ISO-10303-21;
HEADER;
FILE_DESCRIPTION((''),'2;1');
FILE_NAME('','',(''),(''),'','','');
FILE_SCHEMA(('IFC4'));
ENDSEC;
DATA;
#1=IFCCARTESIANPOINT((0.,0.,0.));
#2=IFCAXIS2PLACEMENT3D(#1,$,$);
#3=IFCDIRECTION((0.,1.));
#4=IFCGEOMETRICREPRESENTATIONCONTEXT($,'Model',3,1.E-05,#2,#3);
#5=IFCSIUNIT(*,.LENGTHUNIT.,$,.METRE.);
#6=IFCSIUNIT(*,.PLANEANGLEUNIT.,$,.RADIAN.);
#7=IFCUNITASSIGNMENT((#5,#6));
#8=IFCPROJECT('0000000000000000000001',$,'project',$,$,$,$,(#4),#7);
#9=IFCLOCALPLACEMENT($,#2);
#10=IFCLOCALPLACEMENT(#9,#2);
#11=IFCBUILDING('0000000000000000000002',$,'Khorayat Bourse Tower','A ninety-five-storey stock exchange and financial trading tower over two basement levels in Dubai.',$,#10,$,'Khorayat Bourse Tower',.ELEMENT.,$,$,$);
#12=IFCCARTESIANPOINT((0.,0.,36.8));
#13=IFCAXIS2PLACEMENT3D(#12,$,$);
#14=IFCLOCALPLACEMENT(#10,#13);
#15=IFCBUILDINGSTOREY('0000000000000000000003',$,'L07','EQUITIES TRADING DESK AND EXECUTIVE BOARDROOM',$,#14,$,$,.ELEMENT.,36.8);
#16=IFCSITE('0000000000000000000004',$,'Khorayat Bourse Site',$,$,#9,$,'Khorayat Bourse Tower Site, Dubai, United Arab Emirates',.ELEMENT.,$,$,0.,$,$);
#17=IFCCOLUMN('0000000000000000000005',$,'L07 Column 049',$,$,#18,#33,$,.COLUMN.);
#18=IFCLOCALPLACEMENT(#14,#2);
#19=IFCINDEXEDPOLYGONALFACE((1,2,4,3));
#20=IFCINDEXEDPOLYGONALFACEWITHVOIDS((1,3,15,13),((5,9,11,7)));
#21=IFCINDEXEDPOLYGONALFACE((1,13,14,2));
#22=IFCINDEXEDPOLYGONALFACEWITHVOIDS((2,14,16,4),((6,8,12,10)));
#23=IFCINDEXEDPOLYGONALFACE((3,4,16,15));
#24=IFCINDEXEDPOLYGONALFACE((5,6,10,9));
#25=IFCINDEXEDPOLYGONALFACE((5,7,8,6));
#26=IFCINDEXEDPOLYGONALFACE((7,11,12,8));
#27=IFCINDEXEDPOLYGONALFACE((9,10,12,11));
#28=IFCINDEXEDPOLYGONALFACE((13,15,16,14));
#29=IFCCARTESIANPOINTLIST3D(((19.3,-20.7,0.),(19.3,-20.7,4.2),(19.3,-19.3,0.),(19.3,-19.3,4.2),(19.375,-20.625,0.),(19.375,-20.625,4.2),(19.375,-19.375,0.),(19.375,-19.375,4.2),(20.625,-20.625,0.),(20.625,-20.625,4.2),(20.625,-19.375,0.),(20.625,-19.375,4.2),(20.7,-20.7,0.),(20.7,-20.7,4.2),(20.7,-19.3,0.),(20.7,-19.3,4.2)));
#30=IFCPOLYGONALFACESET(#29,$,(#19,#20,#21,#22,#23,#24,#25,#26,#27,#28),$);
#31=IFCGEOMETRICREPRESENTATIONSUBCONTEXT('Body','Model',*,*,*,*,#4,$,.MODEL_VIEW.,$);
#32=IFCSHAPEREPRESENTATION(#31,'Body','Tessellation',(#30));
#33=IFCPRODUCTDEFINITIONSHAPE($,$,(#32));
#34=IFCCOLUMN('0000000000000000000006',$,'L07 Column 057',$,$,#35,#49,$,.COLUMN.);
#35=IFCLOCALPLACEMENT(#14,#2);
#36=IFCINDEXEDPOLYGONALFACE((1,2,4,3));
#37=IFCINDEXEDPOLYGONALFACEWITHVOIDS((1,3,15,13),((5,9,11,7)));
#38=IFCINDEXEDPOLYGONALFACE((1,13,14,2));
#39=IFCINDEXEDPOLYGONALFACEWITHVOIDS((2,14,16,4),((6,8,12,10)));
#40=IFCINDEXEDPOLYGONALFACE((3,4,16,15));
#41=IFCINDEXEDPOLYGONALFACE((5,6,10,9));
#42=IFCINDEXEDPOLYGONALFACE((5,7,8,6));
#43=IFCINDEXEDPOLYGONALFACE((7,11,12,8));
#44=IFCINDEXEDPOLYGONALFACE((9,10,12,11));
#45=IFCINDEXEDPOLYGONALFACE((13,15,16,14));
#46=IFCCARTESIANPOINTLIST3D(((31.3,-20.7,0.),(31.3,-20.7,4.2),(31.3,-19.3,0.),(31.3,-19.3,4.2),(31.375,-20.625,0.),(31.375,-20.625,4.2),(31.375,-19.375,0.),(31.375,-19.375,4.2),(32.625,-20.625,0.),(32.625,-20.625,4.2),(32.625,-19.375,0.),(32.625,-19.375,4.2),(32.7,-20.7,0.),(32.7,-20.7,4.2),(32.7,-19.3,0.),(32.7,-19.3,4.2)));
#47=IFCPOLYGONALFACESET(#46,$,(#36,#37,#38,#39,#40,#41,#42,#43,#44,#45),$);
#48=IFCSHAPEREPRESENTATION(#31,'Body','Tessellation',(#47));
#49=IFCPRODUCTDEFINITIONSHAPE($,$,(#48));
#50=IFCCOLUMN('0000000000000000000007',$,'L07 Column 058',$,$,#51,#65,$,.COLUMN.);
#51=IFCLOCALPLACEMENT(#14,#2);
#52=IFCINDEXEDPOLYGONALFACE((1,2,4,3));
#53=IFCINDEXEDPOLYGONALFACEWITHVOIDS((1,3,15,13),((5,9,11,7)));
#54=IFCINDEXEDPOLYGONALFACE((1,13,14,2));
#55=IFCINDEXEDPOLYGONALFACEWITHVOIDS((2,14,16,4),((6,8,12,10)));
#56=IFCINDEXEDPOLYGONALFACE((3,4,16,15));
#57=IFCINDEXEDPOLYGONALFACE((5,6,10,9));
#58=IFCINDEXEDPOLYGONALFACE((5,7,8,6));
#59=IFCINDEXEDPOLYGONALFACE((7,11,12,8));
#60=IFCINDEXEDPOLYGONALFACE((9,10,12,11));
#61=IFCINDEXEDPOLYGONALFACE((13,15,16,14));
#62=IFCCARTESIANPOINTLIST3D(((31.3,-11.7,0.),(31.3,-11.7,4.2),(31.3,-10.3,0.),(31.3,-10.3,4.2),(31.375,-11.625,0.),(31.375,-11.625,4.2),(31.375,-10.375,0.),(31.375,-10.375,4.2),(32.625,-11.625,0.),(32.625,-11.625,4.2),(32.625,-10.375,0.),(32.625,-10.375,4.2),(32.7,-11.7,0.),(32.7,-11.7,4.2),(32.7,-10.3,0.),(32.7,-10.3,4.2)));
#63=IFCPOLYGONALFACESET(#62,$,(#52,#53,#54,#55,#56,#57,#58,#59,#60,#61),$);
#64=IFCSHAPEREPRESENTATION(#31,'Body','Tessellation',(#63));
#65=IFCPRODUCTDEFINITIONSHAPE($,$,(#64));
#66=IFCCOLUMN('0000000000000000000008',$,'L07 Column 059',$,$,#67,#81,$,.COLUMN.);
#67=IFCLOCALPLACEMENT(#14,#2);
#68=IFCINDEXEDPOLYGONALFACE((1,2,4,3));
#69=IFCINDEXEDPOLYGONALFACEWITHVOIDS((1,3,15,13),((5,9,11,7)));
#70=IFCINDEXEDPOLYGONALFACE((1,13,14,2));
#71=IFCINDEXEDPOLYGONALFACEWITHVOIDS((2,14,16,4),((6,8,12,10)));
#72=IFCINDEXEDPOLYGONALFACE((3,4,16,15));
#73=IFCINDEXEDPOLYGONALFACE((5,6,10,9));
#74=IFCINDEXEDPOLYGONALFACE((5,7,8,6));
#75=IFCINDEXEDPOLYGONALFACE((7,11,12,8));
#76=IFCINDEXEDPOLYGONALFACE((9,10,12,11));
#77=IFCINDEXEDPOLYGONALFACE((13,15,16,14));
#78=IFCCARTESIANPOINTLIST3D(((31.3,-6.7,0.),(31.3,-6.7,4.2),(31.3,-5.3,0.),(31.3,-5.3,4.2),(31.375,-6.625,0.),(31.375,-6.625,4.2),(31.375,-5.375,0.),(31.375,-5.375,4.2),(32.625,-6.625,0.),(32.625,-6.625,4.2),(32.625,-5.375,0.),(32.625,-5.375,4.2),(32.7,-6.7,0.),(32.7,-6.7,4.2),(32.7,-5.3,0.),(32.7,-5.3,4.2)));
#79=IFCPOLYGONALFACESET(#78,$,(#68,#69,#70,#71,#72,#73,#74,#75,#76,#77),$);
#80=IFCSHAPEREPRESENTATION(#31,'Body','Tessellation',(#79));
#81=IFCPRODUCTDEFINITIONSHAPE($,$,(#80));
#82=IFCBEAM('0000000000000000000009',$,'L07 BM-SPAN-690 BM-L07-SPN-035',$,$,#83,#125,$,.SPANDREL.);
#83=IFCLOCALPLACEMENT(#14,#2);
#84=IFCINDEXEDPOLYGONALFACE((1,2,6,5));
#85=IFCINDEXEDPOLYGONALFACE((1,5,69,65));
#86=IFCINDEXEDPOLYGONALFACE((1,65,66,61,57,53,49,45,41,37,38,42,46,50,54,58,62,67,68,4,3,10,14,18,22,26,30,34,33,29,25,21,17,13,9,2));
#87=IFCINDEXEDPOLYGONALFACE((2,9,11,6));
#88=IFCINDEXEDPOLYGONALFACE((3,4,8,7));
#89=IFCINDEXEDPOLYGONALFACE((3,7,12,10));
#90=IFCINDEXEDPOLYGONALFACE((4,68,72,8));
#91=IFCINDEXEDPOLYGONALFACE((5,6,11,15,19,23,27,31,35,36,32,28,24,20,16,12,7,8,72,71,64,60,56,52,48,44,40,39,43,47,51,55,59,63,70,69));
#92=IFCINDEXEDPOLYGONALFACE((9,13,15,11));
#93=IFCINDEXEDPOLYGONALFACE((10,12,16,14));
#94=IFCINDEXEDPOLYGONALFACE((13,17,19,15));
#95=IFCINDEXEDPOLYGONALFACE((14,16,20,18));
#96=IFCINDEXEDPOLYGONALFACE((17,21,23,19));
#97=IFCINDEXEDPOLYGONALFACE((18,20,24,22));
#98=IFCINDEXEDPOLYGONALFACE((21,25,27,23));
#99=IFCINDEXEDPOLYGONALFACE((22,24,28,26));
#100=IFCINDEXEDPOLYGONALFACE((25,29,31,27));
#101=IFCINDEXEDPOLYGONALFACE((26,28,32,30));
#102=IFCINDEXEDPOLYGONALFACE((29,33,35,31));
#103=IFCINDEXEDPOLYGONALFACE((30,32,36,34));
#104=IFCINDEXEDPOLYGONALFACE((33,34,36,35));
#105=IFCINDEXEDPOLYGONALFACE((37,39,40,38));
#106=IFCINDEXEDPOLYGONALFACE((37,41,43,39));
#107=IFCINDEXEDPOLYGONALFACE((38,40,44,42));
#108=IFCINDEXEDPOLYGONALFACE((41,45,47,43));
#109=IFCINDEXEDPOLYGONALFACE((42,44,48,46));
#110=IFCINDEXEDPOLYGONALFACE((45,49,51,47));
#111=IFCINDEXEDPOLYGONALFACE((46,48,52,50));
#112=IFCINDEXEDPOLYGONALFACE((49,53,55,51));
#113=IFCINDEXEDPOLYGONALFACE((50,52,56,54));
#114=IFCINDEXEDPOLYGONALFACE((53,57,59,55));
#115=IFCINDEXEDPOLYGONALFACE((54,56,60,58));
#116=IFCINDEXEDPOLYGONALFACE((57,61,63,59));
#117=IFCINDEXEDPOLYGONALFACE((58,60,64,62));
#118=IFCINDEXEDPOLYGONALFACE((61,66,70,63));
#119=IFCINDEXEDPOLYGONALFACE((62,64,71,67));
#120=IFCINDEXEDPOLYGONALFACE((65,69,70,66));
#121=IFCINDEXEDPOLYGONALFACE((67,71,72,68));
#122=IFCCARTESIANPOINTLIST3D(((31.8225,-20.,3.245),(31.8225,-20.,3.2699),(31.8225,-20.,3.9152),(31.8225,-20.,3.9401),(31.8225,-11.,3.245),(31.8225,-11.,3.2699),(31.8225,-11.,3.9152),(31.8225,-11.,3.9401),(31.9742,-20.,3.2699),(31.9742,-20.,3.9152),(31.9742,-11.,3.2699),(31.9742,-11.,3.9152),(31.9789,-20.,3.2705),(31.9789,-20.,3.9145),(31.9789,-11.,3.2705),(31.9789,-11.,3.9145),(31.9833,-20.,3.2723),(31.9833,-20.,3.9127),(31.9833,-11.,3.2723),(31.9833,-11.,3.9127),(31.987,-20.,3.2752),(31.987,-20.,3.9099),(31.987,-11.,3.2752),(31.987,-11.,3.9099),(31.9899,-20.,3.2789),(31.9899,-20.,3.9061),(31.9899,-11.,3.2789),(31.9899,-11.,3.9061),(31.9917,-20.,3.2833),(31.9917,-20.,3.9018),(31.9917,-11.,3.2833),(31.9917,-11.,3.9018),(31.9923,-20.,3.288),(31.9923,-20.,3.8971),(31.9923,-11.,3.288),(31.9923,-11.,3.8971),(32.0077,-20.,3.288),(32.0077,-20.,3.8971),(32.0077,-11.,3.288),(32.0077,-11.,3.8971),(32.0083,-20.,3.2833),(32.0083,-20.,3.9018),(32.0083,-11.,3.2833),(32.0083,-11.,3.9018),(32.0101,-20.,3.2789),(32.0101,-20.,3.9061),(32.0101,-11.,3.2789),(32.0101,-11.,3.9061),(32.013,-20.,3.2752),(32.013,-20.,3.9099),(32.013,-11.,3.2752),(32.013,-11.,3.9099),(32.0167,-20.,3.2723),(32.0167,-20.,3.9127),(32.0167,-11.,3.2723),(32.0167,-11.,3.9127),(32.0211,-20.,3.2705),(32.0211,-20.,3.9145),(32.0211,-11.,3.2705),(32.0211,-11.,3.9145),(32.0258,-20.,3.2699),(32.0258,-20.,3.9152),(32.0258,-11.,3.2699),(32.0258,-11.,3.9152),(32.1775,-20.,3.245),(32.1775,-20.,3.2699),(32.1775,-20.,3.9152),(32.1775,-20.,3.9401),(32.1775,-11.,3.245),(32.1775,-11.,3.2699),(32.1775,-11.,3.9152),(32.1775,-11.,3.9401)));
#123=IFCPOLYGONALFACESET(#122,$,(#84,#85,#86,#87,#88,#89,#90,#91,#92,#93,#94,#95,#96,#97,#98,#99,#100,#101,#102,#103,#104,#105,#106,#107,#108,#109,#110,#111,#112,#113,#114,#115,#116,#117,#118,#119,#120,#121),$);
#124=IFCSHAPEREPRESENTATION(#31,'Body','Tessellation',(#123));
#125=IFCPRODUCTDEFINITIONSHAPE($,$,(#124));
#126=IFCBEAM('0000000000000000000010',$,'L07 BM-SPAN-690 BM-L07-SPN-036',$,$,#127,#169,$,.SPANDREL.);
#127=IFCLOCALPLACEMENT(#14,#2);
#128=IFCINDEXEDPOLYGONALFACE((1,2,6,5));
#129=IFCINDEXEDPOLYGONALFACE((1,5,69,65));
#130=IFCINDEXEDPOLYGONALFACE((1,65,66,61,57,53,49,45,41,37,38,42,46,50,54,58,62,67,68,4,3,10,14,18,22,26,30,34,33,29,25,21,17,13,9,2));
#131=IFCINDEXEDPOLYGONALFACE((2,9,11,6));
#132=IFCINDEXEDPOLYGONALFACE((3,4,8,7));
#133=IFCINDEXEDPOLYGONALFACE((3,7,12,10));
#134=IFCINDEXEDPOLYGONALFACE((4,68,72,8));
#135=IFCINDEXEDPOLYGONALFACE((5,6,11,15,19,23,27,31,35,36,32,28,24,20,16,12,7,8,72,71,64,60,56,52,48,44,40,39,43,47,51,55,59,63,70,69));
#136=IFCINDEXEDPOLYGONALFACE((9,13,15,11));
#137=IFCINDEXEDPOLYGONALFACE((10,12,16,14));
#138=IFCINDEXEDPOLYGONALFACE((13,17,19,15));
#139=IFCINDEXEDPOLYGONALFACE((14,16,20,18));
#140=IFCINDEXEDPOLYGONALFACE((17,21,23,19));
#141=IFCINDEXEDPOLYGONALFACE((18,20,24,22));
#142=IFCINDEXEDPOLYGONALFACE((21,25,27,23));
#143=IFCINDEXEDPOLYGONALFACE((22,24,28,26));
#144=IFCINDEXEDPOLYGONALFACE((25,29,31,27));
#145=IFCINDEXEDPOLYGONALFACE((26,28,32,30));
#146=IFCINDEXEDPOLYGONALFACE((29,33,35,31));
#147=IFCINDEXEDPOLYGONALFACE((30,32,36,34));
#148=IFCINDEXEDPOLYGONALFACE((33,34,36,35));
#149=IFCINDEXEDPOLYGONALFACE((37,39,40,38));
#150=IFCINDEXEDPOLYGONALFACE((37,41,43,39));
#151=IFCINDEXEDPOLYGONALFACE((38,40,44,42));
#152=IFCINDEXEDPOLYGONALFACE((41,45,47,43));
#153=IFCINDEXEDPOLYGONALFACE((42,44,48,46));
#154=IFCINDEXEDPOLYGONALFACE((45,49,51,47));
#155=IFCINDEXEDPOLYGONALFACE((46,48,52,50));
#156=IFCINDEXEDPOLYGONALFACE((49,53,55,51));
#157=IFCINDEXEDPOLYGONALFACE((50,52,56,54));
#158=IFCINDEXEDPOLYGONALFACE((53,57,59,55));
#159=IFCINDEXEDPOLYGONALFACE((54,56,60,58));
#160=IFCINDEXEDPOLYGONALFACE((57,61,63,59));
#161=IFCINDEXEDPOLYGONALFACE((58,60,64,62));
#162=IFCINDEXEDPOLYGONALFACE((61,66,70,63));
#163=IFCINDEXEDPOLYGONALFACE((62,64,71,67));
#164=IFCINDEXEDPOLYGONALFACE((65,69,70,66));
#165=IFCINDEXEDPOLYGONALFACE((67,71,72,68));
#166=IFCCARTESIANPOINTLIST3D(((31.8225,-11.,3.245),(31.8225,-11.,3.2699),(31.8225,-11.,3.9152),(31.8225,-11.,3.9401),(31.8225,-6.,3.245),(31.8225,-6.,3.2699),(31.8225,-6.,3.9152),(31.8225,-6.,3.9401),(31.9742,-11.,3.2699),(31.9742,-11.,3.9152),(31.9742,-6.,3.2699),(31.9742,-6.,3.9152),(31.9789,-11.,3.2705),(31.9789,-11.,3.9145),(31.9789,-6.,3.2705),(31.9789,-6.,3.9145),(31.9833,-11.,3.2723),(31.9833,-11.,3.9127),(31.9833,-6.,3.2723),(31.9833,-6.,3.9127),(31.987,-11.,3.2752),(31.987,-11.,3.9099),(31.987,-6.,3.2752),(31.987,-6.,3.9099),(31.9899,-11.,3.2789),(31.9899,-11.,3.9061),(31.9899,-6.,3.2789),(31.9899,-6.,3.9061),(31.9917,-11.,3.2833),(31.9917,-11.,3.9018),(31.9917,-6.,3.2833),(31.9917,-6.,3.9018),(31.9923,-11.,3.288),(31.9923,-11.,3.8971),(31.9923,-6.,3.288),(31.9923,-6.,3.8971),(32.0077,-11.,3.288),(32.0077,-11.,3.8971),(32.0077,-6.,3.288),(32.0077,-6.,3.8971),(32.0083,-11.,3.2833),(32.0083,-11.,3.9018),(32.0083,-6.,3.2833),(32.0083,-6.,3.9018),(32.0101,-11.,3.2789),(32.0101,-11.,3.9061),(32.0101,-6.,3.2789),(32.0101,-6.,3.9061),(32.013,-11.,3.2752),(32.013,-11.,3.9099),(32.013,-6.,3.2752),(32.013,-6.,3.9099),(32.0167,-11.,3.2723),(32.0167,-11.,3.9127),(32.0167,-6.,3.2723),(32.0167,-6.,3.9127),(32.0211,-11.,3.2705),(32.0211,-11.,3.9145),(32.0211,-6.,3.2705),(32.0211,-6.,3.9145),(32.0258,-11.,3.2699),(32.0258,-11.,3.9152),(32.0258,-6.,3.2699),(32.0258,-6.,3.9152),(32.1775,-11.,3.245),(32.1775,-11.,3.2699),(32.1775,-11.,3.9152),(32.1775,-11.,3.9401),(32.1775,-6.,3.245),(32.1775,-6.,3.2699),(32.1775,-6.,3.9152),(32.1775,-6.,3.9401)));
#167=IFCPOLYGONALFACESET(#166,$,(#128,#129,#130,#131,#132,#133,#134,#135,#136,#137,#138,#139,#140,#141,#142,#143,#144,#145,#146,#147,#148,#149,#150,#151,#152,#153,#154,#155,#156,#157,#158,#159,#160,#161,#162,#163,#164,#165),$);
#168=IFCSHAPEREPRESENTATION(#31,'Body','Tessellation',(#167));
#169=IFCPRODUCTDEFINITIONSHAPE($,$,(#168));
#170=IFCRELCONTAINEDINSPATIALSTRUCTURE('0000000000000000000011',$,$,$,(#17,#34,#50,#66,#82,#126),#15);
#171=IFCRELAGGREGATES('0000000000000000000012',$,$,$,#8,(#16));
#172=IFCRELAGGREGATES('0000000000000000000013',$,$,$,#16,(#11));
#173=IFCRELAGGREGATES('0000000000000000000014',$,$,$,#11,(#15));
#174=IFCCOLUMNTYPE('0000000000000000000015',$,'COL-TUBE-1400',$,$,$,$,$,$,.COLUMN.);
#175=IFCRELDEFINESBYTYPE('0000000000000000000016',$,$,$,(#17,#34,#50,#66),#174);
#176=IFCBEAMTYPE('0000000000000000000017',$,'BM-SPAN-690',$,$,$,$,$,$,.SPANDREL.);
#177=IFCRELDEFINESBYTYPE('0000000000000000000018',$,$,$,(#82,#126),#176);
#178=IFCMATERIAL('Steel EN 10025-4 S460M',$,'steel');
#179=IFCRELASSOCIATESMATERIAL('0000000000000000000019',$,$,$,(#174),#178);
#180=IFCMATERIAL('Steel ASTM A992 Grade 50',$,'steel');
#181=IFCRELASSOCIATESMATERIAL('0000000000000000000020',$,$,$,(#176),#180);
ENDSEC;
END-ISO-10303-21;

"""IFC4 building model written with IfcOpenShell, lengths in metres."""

from ifc_helpers import new_model, si_unit, direction, frame, origin, origin_2d, place, context, subcontext, project, spatial, hollow_rectangle, i_section, extrude, source, transform, mapped, material, material_profile, profile_set, type_object, element, save


model = new_model("IFC4")

# Units and contexts
model_context = context("Model", 3, precision=1e-05, world=origin(), true_north=direction((0.0, 1.0)))
body_context = subcontext(model_context, "Body", "Model", "MODEL_VIEW")
ifc_project = project(units=[si_unit("LENGTHUNIT", "METRE"), si_unit("PLANEANGLEUNIT", "RADIAN")], contexts=[model_context])

# Site, building, storey
site_placement = place(None, origin())
site = spatial("IfcSite", under=ifc_project, at=site_placement, Name="Khorayat Bourse Site", LongName="Khorayat Bourse Tower Site, Dubai, United Arab Emirates", CompositionType="ELEMENT", RefElevation=0.0)
building_placement = place(site_placement, origin())
building = spatial("IfcBuilding", under=site, at=building_placement, Name="Khorayat Bourse Tower", Description="A ninety-five-storey stock exchange and financial trading tower over two basement levels in Dubai.", LongName="Khorayat Bourse Tower", CompositionType="ELEMENT")
storey_placement = place(building_placement, frame((0.0, 0.0, 36.8)))
storey = spatial("IfcBuildingStorey", under=building, at=storey_placement, Name="L07", Description="EQUITIES TRADING DESK AND EXECUTIVE BOARDROOM", CompositionType="ELEMENT", Elevation=36.8)

# Columns
ifc_material_1 = material(Name="Steel EN 10025-4 S460M", Category="steel")
ifc_material_profile_1 = material_profile(ifc_material_1, hollow_rectangle(XDim=1.3999, YDim=1.3999, WallThickness=0.075, at=origin_2d()), Name="BOX 1400x1400x75")
ifc_profile_set_1 = profile_set([ifc_material_profile_1], Name="Steel EN 10025-4 S460M")
column_type = type_object("IfcColumnType", Name="COL-TUBE-1400", PredefinedType="COLUMN", material=ifc_profile_set_1)
shared_shape_1 = source(origin(), body_context, "Body", "SweptSolid", [
    extrude(hollow_rectangle(XDim=1.3999, YDim=1.3999, WallThickness=0.075, at=origin_2d()), origin(), (0.0, 0.0, 1.0), 4.2),
])
for number, where, z_axis, x_axis, name in (
    (1, (20.0, -20.0, 0.0), (0.0, 0.0, 1.0), (1.0, 0.0, 0.0), "L07 Column 049"),
    (2, (32.0, -20.0, 0.0), (0.0, 0.0, 1.0), (1.0, 0.0, 0.0), "L07 Column 057"),
    (3, (32.0, -11.0, 0.0), (0.0, 0.0, 1.0), (1.0, 0.0, 0.0), "L07 Column 058"),
    (4, (32.0, -6.0, 0.0), (0.0, 0.0, 1.0), (1.0, 0.0, 0.0), "L07 Column 059"),
):
    element("IfcColumn", number, at=place(storey_placement, frame(where, z_axis=z_axis, x_axis=x_axis)), inside=storey, type_object=column_type, Name=name, PredefinedType="COLUMN", context=body_context, shape_type="MappedRepresentation", body=[
        mapped(shared_shape_1, transform((0.0, 0.0, 0.0), scale=1.0)),
    ])

# Beams
ifc_material_2 = material(Name="Steel ASTM A992 Grade 50", Category="steel")
ifc_material_profile_2 = material_profile(ifc_material_2, i_section(OverallWidth=0.355, OverallDepth=0.6951, WebThickness=0.0154, FlangeThickness=0.0249, FilletRadius=0.0181, at=origin_2d()), Name="W690X217")
ifc_profile_set_2 = profile_set([ifc_material_profile_2], Name="Steel ASTM A992 Grade 50")
beam_type_1 = type_object("IfcBeamType", Name="BM-SPAN-690", PredefinedType="SPANDREL", material=ifc_profile_set_2)
shared_shape_2 = source(origin(), body_context, "Body", "SweptSolid", [
    extrude(i_section(OverallWidth=0.355, OverallDepth=0.6951, WebThickness=0.0154, FlangeThickness=0.0249, FilletRadius=0.0181, at=origin_2d()), origin(), (0.0, 0.0, 1.0), 9.0),
])
beam_1_placement = place(storey_placement, frame((32.0, -20.0, 3.5925), z_axis=(0.0, 1.0, 0.0), x_axis=(-1.0, 0.0, 0.0)))
element("IfcBeam", 5, at=beam_1_placement, inside=storey, type_object=beam_type_1, Name="L07 BM-SPAN-690 BM-L07-SPN-035", PredefinedType="SPANDREL", context=body_context, shape_type="MappedRepresentation", body=[
    mapped(shared_shape_2, transform((0.0, 0.0, 0.0), scale=1.0)),
])
shared_shape_3 = source(origin(), body_context, "Body", "SweptSolid", [
    extrude(i_section(OverallWidth=0.355, OverallDepth=0.6951, WebThickness=0.0154, FlangeThickness=0.0249, FilletRadius=0.0181, at=origin_2d()), origin(), (0.0, 0.0, 1.0), 5.0),
])
beam_2_placement = place(storey_placement, frame((32.0, -11.0, 3.5925), z_axis=(0.0, 1.0, 0.0), x_axis=(-1.0, 0.0, 0.0)))
element("IfcBeam", 6, at=beam_2_placement, inside=storey, type_object=beam_type_1, Name="L07 BM-SPAN-690 BM-L07-SPN-036", PredefinedType="SPANDREL", context=body_context, shape_type="MappedRepresentation", body=[
    mapped(shared_shape_3, transform((0.0, 0.0, 0.0), scale=1.0)),
])

save(model, "model.ifc")
